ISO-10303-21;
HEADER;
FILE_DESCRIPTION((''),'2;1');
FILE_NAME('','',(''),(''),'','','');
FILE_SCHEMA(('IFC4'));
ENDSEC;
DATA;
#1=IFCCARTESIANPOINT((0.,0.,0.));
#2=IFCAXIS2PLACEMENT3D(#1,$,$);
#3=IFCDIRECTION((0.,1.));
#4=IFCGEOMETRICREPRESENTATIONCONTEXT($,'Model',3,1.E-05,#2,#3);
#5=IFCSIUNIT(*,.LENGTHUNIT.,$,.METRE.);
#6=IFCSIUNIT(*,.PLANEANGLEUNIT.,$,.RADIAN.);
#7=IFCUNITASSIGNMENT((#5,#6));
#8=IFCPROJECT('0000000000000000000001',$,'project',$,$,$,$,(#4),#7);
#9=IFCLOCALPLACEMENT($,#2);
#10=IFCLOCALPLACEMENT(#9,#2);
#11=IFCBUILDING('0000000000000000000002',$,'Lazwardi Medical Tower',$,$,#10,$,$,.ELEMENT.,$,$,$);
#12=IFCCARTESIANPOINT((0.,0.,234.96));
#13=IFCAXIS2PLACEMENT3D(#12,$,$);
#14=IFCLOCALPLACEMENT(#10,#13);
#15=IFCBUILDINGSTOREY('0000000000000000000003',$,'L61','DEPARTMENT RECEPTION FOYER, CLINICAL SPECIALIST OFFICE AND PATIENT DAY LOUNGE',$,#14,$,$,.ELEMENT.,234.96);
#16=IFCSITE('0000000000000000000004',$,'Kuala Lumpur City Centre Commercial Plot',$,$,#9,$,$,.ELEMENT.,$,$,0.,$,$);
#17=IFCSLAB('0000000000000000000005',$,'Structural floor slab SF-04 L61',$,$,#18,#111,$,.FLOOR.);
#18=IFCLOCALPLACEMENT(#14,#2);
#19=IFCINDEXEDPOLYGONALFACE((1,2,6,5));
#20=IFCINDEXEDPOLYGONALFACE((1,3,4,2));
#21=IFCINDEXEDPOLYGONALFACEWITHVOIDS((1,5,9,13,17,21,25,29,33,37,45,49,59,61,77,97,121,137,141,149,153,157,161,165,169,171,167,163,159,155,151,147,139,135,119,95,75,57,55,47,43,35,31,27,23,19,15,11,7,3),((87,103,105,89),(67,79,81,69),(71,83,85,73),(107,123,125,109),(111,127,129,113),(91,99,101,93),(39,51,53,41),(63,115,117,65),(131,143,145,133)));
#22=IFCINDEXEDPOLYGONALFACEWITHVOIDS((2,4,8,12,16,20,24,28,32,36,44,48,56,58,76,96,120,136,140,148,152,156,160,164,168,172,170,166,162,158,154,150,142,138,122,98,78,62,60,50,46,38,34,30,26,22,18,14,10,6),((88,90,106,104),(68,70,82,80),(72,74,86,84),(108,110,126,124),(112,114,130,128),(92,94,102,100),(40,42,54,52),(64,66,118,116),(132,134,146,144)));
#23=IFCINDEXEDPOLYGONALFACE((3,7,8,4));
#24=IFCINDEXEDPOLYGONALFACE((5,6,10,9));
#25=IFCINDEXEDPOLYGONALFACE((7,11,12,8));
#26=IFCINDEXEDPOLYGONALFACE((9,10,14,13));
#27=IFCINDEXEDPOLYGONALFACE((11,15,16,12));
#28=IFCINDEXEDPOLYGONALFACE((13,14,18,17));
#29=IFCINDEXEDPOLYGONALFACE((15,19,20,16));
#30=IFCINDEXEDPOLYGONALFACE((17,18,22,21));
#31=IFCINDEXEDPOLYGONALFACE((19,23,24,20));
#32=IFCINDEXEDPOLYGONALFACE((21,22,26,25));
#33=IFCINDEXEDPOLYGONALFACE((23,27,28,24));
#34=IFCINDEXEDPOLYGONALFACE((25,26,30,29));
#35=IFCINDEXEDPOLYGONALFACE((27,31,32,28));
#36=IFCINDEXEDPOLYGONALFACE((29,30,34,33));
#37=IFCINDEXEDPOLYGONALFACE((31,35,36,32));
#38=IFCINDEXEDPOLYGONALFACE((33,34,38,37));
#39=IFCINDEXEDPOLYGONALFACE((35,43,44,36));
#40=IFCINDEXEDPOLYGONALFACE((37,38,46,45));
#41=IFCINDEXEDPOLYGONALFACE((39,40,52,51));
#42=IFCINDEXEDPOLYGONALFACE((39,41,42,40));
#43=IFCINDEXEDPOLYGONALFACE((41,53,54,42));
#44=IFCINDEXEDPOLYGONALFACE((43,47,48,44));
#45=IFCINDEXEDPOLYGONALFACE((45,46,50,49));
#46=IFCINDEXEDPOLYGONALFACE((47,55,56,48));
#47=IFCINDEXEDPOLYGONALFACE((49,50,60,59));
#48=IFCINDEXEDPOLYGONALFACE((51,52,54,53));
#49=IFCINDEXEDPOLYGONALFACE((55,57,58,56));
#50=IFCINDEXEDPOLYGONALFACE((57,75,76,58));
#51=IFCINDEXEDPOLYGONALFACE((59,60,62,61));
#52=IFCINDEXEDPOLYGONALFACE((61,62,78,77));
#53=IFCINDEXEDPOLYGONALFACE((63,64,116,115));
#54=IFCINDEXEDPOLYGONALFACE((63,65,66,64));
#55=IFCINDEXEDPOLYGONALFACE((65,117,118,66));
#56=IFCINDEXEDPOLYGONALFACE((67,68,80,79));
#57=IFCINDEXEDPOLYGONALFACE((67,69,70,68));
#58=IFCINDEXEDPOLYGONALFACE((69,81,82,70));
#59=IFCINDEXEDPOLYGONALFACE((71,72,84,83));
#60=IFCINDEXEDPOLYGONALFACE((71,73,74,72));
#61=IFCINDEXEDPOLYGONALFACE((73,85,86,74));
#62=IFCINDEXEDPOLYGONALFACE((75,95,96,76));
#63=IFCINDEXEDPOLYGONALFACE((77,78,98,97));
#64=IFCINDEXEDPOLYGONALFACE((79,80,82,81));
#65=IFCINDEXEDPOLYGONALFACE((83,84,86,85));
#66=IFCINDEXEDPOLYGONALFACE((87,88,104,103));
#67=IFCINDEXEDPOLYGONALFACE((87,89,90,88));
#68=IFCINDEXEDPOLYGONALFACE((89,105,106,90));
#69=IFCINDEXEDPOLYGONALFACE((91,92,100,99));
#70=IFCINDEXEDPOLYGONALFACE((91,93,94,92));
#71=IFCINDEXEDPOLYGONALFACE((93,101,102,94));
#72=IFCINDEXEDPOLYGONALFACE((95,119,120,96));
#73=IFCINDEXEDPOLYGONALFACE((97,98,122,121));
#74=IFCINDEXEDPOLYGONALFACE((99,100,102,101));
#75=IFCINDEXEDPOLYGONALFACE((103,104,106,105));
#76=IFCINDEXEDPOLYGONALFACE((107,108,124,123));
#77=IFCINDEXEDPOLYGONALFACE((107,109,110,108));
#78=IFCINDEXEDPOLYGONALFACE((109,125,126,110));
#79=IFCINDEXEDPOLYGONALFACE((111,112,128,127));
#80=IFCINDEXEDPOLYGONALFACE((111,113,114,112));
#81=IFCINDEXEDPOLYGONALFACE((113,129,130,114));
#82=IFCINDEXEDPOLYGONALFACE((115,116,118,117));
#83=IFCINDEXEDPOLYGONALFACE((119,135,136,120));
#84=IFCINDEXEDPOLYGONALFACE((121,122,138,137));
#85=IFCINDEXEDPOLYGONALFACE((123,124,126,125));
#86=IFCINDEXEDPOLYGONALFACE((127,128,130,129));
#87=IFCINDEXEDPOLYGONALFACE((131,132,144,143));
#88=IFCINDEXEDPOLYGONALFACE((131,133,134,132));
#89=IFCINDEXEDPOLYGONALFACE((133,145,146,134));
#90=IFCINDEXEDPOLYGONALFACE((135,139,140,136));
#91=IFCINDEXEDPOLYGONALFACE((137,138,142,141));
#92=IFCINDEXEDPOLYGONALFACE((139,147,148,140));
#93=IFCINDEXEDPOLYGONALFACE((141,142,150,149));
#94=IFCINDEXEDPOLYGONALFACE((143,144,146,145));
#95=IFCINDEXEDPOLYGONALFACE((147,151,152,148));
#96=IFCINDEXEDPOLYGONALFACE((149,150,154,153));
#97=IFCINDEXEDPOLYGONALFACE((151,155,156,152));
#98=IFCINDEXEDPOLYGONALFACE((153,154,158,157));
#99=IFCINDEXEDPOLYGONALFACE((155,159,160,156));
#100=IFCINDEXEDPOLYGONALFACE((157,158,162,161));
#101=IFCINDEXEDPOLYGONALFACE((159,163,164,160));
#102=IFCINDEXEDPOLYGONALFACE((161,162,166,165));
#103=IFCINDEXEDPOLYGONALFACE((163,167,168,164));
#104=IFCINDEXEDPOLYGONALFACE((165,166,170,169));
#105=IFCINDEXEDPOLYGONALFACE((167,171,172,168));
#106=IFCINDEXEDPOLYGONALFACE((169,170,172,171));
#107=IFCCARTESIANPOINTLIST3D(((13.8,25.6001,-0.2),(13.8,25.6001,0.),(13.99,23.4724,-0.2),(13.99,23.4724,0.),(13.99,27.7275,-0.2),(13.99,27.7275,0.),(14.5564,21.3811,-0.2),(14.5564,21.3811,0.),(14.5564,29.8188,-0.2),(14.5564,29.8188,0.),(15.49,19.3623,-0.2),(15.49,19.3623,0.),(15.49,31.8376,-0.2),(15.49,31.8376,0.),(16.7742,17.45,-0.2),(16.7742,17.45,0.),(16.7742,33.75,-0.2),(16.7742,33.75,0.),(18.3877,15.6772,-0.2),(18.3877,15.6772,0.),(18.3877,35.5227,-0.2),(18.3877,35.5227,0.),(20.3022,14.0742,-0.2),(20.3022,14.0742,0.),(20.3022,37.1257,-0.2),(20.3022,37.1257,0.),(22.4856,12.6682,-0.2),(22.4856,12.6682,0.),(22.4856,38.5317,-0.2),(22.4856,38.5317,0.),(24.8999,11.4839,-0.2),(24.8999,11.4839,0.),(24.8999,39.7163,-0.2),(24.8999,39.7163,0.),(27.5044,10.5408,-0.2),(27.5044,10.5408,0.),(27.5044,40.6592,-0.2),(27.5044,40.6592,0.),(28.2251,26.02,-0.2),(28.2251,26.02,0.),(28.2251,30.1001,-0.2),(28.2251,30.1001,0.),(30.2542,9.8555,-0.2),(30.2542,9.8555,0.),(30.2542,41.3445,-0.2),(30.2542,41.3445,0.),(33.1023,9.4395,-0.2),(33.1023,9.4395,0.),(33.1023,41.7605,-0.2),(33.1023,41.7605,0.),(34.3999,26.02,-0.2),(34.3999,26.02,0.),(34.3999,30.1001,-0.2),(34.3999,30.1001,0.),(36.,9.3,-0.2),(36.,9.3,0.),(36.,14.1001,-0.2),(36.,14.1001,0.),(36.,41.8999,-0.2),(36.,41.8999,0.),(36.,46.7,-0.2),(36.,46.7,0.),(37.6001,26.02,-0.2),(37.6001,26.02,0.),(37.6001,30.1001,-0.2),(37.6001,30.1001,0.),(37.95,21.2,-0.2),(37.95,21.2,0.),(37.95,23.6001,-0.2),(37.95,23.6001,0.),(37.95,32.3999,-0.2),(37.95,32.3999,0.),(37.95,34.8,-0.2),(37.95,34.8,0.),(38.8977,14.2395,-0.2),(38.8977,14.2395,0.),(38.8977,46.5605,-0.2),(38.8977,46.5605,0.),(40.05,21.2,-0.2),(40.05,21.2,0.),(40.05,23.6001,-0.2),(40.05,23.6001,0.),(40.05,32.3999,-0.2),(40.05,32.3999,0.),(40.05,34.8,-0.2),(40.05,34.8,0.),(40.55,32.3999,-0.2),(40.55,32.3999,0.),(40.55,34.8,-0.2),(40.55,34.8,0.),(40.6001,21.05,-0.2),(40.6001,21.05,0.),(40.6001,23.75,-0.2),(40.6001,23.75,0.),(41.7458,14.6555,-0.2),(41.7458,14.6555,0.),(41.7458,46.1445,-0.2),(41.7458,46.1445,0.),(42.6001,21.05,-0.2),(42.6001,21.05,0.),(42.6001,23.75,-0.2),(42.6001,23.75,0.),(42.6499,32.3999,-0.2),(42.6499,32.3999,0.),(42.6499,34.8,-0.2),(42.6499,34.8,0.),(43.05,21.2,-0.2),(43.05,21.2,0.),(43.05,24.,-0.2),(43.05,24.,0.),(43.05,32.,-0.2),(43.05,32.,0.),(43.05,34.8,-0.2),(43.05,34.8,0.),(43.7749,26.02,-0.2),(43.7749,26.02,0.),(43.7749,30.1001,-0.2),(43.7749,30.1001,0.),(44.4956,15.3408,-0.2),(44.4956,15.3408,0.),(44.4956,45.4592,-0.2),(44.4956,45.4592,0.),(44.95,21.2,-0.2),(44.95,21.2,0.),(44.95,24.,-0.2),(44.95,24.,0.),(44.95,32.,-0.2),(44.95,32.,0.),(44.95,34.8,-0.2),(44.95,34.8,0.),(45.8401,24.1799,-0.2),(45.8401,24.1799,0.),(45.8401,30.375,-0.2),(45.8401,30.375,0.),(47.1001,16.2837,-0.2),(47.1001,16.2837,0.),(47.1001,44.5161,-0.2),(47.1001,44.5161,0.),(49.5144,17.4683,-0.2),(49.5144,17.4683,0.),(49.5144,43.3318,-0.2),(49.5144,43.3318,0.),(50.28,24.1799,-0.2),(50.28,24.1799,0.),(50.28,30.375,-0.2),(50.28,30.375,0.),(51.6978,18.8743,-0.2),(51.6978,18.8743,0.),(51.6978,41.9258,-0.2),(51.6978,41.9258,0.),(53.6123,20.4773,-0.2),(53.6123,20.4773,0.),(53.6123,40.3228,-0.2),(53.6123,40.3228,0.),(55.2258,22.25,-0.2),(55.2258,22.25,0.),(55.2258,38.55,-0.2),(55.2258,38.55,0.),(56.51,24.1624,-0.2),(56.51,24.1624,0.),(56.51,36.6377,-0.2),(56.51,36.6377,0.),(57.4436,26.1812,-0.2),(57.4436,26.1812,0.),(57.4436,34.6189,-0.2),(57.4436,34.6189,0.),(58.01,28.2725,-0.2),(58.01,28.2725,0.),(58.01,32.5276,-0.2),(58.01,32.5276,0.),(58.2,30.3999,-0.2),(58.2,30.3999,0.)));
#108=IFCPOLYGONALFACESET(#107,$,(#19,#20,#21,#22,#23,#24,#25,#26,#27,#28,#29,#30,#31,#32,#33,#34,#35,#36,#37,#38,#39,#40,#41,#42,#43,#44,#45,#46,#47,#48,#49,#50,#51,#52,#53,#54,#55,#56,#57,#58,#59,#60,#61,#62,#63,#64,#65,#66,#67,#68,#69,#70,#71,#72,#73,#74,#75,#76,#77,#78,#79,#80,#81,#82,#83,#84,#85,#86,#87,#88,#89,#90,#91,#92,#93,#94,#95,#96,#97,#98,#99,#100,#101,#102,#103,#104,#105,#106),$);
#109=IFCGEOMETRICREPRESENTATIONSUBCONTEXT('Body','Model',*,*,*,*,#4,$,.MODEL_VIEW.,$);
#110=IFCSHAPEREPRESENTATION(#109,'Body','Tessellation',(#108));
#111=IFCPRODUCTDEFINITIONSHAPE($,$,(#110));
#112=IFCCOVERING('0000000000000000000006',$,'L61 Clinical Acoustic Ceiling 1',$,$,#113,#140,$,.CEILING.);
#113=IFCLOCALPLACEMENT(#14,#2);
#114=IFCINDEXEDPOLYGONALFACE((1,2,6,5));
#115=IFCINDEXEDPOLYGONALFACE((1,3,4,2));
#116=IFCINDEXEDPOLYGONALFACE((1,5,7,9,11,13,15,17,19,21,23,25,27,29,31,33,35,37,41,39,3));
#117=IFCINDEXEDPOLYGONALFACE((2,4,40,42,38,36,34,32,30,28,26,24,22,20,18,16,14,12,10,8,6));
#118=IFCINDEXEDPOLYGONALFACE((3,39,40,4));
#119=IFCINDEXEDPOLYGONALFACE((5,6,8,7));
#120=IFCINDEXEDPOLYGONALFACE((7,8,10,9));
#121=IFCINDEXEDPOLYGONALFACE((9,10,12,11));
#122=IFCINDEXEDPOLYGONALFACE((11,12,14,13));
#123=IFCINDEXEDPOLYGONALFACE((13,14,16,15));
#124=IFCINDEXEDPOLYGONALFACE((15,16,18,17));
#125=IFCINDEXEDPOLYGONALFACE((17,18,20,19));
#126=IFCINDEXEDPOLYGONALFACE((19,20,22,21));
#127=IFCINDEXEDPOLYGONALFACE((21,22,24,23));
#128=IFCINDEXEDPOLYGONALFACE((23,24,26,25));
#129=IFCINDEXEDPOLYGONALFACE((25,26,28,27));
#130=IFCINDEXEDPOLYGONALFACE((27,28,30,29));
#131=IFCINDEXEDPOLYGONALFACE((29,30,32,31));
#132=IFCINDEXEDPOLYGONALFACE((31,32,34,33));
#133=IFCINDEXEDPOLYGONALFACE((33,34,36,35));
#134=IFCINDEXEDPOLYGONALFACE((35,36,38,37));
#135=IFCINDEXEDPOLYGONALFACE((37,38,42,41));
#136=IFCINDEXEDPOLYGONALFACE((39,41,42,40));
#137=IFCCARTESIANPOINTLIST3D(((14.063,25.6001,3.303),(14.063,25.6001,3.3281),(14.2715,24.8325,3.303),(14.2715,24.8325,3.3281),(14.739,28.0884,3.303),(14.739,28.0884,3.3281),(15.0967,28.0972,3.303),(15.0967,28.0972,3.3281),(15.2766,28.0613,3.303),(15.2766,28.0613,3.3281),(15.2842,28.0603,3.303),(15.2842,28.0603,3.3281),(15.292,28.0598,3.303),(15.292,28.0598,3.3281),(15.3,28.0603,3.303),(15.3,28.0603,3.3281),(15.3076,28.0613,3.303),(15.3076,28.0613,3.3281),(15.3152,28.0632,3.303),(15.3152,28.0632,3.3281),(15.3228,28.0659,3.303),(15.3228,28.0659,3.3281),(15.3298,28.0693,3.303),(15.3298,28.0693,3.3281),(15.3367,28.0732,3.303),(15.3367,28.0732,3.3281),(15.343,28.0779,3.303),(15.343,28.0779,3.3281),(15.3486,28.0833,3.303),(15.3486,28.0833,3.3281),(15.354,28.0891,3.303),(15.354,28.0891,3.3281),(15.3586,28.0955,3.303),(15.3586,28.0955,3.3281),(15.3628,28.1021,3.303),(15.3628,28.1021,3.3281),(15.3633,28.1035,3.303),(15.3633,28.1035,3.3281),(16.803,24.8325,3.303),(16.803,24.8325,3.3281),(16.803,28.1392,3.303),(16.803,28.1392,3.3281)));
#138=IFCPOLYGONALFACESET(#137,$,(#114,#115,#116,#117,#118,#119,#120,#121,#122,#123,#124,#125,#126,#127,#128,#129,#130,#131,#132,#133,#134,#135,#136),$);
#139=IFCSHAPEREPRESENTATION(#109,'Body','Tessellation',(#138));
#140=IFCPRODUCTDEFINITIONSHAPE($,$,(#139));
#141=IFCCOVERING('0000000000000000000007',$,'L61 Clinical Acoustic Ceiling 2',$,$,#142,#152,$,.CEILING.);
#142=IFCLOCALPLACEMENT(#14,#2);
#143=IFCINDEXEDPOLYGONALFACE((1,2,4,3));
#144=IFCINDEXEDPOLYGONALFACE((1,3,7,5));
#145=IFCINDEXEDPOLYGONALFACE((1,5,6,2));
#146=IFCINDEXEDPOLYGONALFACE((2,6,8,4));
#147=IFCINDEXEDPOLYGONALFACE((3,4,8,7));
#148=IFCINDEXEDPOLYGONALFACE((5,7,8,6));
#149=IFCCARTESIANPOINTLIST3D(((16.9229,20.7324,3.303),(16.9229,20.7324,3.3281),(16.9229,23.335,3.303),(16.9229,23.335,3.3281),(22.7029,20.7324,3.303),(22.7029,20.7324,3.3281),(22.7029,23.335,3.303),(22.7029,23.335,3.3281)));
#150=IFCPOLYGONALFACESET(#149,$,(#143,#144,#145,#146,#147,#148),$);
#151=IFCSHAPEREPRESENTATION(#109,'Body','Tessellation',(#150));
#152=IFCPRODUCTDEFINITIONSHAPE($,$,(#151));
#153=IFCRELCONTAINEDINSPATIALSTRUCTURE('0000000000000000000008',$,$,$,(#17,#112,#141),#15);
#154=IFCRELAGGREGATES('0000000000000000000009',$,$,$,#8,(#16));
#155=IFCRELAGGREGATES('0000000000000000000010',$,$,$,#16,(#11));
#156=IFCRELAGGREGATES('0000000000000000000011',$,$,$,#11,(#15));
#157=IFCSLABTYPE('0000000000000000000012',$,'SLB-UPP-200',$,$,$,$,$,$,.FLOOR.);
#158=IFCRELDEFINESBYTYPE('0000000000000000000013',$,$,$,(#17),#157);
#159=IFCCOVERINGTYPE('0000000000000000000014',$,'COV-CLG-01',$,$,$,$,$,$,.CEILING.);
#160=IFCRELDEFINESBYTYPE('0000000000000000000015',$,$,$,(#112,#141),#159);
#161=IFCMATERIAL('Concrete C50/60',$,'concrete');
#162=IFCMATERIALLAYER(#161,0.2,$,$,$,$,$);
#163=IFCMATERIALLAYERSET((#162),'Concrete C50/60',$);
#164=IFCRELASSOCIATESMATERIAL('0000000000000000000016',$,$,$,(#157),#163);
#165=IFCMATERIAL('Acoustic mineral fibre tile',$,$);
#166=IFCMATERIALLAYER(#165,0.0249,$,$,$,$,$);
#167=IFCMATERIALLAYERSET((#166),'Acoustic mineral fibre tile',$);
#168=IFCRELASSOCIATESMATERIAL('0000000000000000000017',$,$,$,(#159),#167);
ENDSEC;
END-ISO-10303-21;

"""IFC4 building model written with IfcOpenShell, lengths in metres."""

from ifc_helpers import new_model, si_unit, direction, frame, origin, place, context, subcontext, project, spatial, polyline, outline, extrude, material, layer, layer_set, type_object, element, save


model = new_model("IFC4")

# Units and contexts
model_context = context("Model", 3, precision=1e-05, world=origin(), true_north=direction((0.0, 1.0)))
body_context = subcontext(model_context, "Body", "Model", "MODEL_VIEW")
ifc_project = project(units=[si_unit("LENGTHUNIT", "METRE"), si_unit("PLANEANGLEUNIT", "RADIAN")], contexts=[model_context])

# Site, building, storey
site_placement = place(None, origin())
site = spatial("IfcSite", under=ifc_project, at=site_placement, Name="Kuala Lumpur City Centre Commercial Plot", CompositionType="ELEMENT", RefElevation=0.0)
building_placement = place(site_placement, origin())
building = spatial("IfcBuilding", under=site, at=building_placement, Name="Lazwardi Medical Tower", CompositionType="ELEMENT")
storey_placement = place(building_placement, frame((0.0, 0.0, 234.96)))
storey = spatial("IfcBuildingStorey", under=building, at=storey_placement, Name="L61", Description="DEPARTMENT RECEPTION FOYER, CLINICAL SPECIALIST OFFICE AND PATIENT DAY LOUNGE", CompositionType="ELEMENT", Elevation=234.96)

# Slab
ifc_material_1 = material(Name="Concrete C50/60", Category="concrete")
ifc_layer_1 = layer(ifc_material_1, 0.2)
ifc_layer_set_1 = layer_set([ifc_layer_1], Name="Concrete C50/60")
slab_type = type_object("IfcSlabType", Name="SLB-UPP-200", PredefinedType="FLOOR", material=ifc_layer_set_1)
slab_placement = place(storey_placement, frame((0.0, 0.0, -0.2)))
element("IfcSlab", 1, at=slab_placement, inside=storey, type_object=slab_type, Name="Structural floor slab SF-04 L61", PredefinedType="FLOOR", context=body_context, shape_type="SweptSolid", body=[
    extrude(outline(polyline([(18.3877, 15.6772), (20.3022, 14.0742), (22.4856, 12.6682), (24.8999, 11.4839), (27.5044, 10.5408), (30.2542, 9.8555), (33.1023, 9.4395), (36.0, 9.3), (36.0, 14.1001), (38.8977, 14.2395), (41.7458, 14.6555), (44.4956, 15.3408), (47.1001, 16.2837), (49.5144, 17.4683), (51.6978, 18.8743), (53.6123, 20.4773), (55.2258, 22.25), (56.51, 24.1624), (57.4436, 26.1812), (58.01, 28.2725), (58.2, 30.3999), (58.01, 32.5276), (57.4436, 34.6189), (56.51, 36.6377), (55.2258, 38.55), (53.6123, 40.3228), (51.6978, 41.9258), (49.5144, 43.3318), (47.1001, 44.5161), (44.4956, 45.4592), (41.7458, 46.1445), (38.8977, 46.5605), (36.0, 46.7), (36.0, 41.8999), (33.1023, 41.7605), (30.2542, 41.3445), (27.5044, 40.6592), (24.8999, 39.7163), (22.4856, 38.5317), (20.3022, 37.1257), (18.3877, 35.5227), (16.7742, 33.75), (15.49, 31.8376), (14.5564, 29.8188), (13.99, 27.7275), (13.8, 25.6001), (13.99, 23.4724), (14.5564, 21.3811), (15.49, 19.3623), (16.7742, 17.45), (18.3877, 15.6772)]), holes=[polyline([(28.2251, 26.02), (28.2251, 30.1001), (34.3999, 30.1001), (34.3999, 26.02), (28.2251, 26.02)]), polyline([(37.6001, 30.1001), (43.7749, 30.1001), (43.7749, 26.02), (37.6001, 26.02), (37.6001, 30.1001)]), polyline([(50.28, 30.375), (50.28, 24.1799), (45.8401, 24.1799), (45.8401, 30.375), (50.28, 30.375)]), polyline([(40.05, 32.3999), (37.95, 32.3999), (37.95, 34.8), (40.05, 34.8), (40.05, 32.3999)]), polyline([(40.55, 32.3999), (40.55, 34.8), (42.6499, 34.8), (42.6499, 32.3999), (40.55, 32.3999)]), polyline([(37.95, 23.6001), (40.05, 23.6001), (40.05, 21.2), (37.95, 21.2), (37.95, 23.6001)]), polyline([(44.95, 34.8), (44.95, 32.0), (43.05, 32.0), (43.05, 34.8), (44.95, 34.8)]), polyline([(44.95, 21.2), (43.05, 21.2), (43.05, 24.0), (44.95, 24.0), (44.95, 21.2)]), polyline([(40.6001, 21.05), (40.6001, 23.75), (42.6001, 23.75), (42.6001, 21.05), (40.6001, 21.05)])]), origin(), (0.0, 0.0, 1.0), 0.2),
])

# Coverings
ifc_material_2 = material(Name="Acoustic mineral fibre tile")
ifc_layer_2 = layer(ifc_material_2, 0.0249)
ifc_layer_set_2 = layer_set([ifc_layer_2], Name="Acoustic mineral fibre tile")
covering_type_1 = type_object("IfcCoveringType", Name="COV-CLG-01", PredefinedType="CEILING", material=ifc_layer_set_2)
covering_1_placement = place(storey_placement, frame((0.0, 0.0, 3.303)))
element("IfcCovering", 2, at=covering_1_placement, inside=storey, type_object=covering_type_1, Name="L61 Clinical Acoustic Ceiling 1", PredefinedType="CEILING", context=body_context, shape_type="SweptSolid", body=[
    extrude(outline(polyline([(16.803, 28.1392), (15.3633, 28.1035), (15.3628, 28.1021), (15.3586, 28.0955), (15.354, 28.0891), (15.3486, 28.0833), (15.343, 28.0779), (15.3367, 28.0732), (15.3298, 28.0693), (15.3228, 28.0659), (15.3152, 28.0632), (15.3076, 28.0613), (15.3, 28.0603), (15.292, 28.0598), (15.2842, 28.0603), (15.2766, 28.0613), (15.0967, 28.0972), (14.739, 28.0884), (14.063, 25.6001), (14.2715, 24.8325), (16.803, 24.8325), (16.803, 28.1392)])), origin(), (0.0, 0.0, 1.0), 0.0251),
])
covering_2_placement = place(storey_placement, frame((0.0, 0.0, 3.303)))
element("IfcCovering", 3, at=covering_2_placement, inside=storey, type_object=covering_type_1, Name="L61 Clinical Acoustic Ceiling 2", PredefinedType="CEILING", context=body_context, shape_type="SweptSolid", body=[
    extrude(outline(polyline([(22.7029, 23.335), (16.9229, 23.335), (16.9229, 20.7324), (22.7029, 20.7324), (22.7029, 23.335)])), origin(), (0.0, 0.0, 1.0), 0.0251),
])

save(model, "model.ifc")
